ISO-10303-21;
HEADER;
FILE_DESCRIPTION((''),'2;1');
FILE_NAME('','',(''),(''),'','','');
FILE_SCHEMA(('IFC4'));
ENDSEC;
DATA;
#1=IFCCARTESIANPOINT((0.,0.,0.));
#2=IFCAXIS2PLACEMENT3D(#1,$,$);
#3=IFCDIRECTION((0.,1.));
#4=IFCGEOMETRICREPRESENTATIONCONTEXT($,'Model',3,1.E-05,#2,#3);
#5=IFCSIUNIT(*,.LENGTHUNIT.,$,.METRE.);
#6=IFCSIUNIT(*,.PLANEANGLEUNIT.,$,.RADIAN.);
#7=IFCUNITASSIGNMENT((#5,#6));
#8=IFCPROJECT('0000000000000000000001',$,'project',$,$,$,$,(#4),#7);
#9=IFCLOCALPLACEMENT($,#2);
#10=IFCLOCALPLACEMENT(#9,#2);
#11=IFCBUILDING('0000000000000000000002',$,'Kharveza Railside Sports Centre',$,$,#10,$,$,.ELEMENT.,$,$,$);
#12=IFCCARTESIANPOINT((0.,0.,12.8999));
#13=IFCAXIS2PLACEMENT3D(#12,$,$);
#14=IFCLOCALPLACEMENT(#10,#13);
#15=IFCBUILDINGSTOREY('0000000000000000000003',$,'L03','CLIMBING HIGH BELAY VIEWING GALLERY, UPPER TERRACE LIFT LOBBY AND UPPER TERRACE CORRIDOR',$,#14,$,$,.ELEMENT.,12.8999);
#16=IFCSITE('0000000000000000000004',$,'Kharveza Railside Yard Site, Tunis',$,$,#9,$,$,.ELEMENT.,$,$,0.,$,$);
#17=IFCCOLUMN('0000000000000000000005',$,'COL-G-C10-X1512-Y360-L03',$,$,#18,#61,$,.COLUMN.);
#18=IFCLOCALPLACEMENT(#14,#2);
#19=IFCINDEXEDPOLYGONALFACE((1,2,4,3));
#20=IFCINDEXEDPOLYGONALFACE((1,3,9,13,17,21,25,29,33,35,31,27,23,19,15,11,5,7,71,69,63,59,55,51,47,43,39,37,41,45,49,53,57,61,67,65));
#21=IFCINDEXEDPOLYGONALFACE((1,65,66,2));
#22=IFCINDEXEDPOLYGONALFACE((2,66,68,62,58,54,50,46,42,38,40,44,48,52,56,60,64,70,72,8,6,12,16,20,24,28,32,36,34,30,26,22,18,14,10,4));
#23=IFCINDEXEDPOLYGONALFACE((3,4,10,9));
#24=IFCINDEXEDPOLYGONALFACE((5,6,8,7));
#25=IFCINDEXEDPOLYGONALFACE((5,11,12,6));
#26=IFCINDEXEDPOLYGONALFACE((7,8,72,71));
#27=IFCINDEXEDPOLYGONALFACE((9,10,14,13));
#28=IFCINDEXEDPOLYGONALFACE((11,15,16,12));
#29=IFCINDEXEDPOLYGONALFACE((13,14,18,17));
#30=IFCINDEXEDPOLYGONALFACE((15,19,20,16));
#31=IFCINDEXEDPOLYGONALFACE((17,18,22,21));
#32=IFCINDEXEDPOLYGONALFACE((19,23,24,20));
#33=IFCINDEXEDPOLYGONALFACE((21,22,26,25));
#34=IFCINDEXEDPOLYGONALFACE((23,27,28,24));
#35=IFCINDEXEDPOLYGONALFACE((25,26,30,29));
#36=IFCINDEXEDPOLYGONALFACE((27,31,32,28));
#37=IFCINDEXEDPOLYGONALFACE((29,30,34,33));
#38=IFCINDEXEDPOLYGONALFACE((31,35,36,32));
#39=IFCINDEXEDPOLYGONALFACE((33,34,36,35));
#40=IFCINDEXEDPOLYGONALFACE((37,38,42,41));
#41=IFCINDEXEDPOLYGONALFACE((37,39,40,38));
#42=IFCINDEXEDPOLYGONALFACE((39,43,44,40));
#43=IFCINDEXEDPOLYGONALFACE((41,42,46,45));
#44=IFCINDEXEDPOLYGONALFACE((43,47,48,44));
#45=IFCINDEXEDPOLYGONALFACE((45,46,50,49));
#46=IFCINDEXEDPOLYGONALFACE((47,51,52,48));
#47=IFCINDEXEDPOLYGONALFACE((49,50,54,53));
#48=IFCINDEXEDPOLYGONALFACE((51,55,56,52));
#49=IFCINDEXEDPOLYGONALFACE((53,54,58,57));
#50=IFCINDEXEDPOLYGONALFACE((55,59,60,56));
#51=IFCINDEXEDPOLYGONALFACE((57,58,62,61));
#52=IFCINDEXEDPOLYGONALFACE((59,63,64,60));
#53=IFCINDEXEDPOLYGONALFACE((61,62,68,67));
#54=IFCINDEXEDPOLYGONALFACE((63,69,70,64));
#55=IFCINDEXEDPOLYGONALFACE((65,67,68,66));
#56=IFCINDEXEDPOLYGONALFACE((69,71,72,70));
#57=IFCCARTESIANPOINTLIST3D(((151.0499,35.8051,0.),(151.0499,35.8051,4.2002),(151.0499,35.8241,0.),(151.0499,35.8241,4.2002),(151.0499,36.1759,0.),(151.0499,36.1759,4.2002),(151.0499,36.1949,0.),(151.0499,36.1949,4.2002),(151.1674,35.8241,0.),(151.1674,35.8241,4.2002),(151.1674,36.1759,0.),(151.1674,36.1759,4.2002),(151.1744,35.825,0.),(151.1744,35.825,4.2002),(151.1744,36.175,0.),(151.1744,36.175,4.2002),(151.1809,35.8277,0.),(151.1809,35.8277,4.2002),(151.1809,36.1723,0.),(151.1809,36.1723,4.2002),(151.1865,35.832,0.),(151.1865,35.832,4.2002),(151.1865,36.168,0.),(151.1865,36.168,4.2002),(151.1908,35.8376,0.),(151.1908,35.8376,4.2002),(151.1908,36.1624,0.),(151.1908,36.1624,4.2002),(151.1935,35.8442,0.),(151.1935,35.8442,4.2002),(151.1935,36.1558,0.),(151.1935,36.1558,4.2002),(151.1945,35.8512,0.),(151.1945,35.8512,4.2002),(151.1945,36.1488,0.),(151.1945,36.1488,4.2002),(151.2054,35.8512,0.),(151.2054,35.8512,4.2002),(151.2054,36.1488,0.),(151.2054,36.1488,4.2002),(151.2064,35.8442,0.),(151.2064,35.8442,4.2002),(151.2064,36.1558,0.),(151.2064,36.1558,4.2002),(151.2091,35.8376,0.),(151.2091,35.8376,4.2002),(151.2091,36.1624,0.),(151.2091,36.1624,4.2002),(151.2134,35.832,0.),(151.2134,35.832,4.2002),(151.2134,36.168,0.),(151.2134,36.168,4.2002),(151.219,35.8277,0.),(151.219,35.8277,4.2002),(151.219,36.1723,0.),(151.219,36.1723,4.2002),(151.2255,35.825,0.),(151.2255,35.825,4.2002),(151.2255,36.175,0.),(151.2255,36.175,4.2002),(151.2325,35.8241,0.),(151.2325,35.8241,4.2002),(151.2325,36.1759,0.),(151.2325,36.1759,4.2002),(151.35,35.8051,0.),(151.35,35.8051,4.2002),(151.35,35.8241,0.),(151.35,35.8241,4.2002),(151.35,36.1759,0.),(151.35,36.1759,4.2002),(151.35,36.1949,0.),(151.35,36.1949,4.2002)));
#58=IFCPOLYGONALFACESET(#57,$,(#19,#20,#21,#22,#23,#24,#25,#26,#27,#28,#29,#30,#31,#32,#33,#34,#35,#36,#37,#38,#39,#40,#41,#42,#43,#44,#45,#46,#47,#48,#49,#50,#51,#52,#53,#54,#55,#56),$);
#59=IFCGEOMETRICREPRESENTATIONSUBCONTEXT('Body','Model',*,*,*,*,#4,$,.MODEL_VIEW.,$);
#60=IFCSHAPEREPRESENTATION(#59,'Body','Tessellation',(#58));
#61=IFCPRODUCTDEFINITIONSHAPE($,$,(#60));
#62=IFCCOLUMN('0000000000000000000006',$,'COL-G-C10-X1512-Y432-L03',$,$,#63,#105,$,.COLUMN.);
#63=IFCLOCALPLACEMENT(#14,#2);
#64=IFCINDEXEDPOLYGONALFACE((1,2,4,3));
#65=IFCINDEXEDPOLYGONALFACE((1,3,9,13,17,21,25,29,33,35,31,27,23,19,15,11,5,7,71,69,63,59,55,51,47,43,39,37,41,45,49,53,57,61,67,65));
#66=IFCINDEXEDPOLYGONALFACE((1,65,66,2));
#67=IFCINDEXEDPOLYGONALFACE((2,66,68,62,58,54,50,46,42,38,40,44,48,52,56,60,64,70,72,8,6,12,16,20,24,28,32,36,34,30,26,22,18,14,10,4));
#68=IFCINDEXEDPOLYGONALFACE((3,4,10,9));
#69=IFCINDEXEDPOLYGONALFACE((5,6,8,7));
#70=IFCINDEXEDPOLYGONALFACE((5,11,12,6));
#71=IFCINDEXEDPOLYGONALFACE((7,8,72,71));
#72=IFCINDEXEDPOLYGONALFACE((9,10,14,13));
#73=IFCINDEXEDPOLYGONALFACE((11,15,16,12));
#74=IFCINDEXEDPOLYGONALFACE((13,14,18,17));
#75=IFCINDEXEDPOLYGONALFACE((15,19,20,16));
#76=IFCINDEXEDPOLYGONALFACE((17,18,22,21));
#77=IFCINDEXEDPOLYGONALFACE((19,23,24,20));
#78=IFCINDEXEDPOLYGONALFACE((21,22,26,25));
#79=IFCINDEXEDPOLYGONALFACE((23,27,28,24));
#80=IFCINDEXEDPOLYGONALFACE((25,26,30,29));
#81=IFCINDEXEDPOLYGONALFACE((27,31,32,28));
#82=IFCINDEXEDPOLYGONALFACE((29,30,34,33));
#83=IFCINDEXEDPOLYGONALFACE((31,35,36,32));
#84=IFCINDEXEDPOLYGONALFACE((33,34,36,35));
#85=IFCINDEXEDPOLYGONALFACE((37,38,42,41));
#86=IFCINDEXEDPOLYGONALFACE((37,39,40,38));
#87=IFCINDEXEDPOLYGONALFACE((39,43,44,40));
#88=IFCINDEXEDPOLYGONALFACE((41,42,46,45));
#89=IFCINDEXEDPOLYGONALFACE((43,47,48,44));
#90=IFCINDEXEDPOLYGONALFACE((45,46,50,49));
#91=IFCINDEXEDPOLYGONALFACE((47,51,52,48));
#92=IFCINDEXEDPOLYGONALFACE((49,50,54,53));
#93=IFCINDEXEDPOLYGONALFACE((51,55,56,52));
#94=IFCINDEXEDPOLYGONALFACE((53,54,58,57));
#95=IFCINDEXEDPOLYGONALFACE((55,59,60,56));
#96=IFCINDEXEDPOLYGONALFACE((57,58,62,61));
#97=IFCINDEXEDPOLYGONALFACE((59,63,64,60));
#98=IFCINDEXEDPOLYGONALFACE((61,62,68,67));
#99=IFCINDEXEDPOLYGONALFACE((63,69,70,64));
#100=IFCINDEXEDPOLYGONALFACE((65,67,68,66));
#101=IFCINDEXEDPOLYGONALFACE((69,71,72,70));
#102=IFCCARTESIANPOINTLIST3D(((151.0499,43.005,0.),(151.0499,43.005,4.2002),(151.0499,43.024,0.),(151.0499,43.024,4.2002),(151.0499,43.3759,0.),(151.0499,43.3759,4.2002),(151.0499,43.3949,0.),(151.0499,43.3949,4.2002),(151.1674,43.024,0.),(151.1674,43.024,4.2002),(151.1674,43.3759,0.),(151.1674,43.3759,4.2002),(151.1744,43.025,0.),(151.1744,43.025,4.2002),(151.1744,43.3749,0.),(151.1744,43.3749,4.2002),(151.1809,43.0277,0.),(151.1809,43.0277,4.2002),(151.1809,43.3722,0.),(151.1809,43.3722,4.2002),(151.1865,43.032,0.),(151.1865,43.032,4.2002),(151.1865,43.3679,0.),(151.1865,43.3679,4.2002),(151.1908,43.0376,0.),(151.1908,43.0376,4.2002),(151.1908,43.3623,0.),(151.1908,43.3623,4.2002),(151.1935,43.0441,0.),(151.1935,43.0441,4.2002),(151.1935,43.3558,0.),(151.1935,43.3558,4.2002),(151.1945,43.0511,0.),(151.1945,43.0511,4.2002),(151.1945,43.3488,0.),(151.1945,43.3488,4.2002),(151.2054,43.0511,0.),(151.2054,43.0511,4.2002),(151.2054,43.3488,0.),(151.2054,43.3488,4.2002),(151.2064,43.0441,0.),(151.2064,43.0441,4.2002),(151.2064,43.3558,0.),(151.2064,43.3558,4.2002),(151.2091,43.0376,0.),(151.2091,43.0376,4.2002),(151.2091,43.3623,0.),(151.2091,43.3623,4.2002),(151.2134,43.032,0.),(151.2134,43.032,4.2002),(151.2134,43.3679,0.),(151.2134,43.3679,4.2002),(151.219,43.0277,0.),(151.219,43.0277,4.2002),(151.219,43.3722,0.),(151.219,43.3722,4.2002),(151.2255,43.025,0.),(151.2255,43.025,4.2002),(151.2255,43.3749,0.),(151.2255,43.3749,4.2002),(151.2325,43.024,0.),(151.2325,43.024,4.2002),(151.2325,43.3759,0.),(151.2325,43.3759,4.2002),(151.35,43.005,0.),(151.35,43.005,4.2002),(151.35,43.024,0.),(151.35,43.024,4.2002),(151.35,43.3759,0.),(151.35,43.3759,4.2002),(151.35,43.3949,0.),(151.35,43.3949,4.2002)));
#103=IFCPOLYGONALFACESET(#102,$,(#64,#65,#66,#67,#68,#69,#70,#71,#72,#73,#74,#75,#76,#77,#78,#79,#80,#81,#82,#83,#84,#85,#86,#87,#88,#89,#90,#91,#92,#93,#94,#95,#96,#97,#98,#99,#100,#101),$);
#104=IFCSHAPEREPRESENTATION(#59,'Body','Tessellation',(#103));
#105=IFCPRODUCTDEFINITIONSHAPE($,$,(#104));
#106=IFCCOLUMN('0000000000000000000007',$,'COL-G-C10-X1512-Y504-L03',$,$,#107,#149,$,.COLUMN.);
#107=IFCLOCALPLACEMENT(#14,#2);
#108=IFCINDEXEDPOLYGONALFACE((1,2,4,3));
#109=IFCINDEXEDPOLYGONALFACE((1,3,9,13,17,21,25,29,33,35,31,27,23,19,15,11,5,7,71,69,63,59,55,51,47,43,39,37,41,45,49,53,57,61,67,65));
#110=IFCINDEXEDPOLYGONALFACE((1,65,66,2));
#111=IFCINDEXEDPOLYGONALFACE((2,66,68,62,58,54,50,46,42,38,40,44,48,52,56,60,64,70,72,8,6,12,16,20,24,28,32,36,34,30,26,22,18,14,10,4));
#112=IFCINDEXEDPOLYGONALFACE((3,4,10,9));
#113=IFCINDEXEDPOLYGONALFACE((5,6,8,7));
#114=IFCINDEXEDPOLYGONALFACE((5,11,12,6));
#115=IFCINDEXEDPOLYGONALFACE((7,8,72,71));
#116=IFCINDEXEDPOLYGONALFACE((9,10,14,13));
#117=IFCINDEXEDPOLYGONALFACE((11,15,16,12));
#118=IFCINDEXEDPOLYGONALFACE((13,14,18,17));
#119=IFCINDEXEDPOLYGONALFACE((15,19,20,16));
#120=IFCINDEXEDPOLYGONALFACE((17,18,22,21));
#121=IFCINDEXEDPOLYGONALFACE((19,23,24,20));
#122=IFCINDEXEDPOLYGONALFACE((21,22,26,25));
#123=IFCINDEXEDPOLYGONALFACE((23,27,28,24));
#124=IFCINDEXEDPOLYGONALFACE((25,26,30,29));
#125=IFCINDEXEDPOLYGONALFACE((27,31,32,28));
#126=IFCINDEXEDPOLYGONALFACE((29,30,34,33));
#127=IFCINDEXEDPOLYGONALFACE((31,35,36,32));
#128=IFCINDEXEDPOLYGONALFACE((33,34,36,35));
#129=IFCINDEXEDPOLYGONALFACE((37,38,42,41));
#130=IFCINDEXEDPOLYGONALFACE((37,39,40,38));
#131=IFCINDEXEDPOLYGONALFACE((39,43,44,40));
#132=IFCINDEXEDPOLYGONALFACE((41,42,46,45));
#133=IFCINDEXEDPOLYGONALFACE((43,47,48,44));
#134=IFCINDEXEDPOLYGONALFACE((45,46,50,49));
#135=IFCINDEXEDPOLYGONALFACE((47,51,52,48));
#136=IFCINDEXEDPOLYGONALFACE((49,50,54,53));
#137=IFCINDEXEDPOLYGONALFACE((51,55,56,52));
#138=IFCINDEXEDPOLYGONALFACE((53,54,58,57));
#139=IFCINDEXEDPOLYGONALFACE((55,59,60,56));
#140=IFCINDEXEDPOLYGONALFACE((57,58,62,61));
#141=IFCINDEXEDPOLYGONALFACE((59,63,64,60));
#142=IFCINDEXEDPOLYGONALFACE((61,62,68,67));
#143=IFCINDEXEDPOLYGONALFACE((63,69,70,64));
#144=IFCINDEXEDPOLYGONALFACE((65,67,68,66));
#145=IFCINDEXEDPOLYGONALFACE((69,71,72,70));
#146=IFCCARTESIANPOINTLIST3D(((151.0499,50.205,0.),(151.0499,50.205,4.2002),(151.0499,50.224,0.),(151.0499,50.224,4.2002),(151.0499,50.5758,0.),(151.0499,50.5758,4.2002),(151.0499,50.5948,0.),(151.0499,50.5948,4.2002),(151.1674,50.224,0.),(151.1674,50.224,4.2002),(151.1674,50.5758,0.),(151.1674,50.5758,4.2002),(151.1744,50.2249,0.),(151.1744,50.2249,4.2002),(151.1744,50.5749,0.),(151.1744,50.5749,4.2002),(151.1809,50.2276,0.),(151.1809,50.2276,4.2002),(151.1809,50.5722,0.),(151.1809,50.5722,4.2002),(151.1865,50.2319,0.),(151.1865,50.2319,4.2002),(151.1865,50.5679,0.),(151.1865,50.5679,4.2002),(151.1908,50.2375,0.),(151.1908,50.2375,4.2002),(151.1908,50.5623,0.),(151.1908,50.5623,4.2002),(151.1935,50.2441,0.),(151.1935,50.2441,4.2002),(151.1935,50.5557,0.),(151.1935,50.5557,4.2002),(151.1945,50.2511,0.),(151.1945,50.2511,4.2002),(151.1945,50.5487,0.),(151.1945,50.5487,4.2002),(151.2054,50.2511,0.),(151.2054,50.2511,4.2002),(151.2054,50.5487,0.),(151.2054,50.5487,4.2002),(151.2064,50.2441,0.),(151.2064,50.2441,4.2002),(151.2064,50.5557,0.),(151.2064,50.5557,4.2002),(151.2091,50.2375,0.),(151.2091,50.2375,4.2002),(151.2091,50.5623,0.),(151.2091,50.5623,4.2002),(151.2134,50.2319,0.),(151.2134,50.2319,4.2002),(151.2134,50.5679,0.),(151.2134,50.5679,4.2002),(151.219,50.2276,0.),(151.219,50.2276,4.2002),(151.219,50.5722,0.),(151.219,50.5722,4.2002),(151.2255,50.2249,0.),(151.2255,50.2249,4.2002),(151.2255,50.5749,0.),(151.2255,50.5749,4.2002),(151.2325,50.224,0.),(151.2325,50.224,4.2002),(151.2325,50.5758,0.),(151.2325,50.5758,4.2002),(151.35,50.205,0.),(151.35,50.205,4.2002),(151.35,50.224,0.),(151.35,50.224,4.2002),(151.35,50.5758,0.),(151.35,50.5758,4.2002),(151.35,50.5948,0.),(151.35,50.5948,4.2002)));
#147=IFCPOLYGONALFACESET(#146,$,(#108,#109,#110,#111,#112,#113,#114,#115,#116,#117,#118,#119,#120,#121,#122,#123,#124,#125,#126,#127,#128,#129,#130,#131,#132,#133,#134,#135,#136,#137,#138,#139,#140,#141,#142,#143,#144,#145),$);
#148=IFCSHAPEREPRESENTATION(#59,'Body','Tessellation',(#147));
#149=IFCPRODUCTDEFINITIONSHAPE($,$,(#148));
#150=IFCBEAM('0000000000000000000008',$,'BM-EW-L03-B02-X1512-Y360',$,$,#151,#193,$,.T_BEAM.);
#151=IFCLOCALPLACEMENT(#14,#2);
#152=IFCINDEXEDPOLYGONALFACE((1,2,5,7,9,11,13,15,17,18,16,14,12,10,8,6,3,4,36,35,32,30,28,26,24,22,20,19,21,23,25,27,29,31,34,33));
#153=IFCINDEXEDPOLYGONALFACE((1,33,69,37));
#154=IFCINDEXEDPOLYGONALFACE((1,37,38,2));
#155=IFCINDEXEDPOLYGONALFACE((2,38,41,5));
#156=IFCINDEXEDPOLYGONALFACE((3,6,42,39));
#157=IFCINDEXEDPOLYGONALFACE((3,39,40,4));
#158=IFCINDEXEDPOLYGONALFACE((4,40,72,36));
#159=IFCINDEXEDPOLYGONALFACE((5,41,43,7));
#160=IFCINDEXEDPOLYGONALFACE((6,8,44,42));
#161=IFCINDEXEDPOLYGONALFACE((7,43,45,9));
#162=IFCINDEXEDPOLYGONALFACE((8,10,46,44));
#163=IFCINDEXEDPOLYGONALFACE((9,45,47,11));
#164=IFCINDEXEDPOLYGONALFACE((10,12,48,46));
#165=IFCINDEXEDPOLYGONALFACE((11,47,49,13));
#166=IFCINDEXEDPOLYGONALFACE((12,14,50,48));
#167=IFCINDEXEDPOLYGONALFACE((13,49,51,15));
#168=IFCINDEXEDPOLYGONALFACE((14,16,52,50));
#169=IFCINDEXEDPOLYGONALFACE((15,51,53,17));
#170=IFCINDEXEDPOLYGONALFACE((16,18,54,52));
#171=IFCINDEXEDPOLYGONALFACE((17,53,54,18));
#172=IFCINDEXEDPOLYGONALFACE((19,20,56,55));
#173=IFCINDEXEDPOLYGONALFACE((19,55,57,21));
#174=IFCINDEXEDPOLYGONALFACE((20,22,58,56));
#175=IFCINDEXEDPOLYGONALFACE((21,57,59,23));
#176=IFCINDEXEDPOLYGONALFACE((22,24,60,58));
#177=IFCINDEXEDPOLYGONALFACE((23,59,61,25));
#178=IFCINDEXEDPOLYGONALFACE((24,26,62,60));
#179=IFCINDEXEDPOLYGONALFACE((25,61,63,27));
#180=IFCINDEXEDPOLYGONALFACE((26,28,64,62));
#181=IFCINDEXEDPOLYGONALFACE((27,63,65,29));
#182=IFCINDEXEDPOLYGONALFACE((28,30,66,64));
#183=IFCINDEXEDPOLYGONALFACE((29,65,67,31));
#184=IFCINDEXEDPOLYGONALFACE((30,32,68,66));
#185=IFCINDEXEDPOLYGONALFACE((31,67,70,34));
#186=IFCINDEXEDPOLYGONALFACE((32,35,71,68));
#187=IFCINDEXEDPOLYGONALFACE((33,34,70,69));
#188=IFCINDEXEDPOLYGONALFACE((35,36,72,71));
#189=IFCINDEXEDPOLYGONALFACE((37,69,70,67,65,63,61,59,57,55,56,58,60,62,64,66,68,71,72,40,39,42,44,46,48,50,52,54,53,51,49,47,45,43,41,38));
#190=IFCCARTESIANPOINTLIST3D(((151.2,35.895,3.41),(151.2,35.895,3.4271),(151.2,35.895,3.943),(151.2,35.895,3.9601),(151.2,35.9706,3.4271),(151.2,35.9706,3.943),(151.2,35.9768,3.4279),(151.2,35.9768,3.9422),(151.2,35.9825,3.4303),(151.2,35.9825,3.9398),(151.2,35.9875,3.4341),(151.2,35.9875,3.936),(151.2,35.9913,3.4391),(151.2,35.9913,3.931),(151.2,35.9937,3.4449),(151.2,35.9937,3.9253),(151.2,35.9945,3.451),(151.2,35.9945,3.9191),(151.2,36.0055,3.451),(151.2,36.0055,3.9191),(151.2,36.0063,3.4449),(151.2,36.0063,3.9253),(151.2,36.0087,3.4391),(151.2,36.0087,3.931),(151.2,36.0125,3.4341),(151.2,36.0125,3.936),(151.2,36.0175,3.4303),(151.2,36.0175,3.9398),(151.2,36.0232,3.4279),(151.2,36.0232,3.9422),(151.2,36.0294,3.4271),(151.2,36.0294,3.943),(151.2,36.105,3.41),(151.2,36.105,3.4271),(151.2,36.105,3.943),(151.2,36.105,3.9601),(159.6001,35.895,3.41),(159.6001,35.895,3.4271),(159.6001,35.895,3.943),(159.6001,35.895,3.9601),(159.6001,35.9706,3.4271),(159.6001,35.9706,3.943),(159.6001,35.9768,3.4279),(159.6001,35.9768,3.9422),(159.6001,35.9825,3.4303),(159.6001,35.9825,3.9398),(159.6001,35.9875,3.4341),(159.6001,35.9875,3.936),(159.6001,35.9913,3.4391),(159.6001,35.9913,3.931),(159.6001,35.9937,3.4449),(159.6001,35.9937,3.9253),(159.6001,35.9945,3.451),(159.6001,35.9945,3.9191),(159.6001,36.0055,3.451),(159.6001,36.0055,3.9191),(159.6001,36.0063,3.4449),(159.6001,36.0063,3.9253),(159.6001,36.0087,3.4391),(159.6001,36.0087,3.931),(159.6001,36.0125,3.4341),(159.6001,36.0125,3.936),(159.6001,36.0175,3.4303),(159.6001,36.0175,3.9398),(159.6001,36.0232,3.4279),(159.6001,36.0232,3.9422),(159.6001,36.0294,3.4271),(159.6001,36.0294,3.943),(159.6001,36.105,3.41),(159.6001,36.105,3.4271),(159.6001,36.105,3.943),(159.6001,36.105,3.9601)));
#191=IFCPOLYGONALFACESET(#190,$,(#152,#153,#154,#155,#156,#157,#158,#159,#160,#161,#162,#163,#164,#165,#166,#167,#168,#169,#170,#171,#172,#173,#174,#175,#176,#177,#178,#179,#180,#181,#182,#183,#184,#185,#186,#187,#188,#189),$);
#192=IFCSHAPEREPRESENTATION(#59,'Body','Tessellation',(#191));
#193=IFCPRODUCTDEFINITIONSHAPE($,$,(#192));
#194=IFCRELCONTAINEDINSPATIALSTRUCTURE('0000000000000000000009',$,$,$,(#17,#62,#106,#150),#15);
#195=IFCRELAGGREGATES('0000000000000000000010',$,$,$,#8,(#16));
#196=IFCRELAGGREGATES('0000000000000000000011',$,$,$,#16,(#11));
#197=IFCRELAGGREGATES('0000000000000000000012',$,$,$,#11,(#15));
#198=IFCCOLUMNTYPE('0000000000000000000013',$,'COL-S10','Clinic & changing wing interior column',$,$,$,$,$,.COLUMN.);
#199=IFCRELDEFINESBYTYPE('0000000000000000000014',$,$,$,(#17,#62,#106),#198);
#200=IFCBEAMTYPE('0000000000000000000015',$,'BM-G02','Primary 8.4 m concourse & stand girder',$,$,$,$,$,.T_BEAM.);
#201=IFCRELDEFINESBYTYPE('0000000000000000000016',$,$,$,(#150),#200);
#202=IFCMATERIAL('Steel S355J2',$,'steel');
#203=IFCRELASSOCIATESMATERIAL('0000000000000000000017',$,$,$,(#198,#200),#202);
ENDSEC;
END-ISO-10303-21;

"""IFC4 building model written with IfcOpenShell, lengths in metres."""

from ifc_helpers import new_model, si_unit, direction, frame, origin, origin_2d, place, context, subcontext, project, spatial, i_section, extrude, material, material_profile, profile_set, type_object, element, save


model = new_model("IFC4")

# Units and contexts
model_context = context("Model", 3, precision=1e-05, world=origin(), true_north=direction((0.0, 1.0)))
body_context = subcontext(model_context, "Body", "Model", "MODEL_VIEW")
ifc_project = project(units=[si_unit("LENGTHUNIT", "METRE"), si_unit("PLANEANGLEUNIT", "RADIAN")], contexts=[model_context])

# Site, building, storey
site_placement = place(None, origin())
site = spatial("IfcSite", under=ifc_project, at=site_placement, Name="Kharveza Railside Yard Site, Tunis", CompositionType="ELEMENT", RefElevation=0.0)
building_placement = place(site_placement, origin())
building = spatial("IfcBuilding", under=site, at=building_placement, Name="Kharveza Railside Sports Centre", CompositionType="ELEMENT")
storey_placement = place(building_placement, frame((0.0, 0.0, 12.8999)))
storey = spatial("IfcBuildingStorey", under=building, at=storey_placement, Name="L03", Description="CLIMBING HIGH BELAY VIEWING GALLERY, UPPER TERRACE LIFT LOBBY AND UPPER TERRACE CORRIDOR", CompositionType="ELEMENT", Elevation=12.8999)

# Columns
ifc_material_1 = material(Name="Steel S355J2", Category="steel")
ifc_material_profile_1 = material_profile(ifc_material_1, i_section(OverallWidth=0.3, OverallDepth=0.3899, WebThickness=0.011, FlangeThickness=0.019, FilletRadius=0.0271, at=origin_2d()), Name="HEA 400")
ifc_profile_set_1 = profile_set([ifc_material_profile_1], Name="Steel S355J2")
column_type = type_object("IfcColumnType", Name="COL-S10", Description="Clinic & changing wing interior column", PredefinedType="COLUMN", material=ifc_profile_set_1)
for number, where, z_axis, x_axis, name in (
    (1, (151.2, 36.0, 0.0), (0.0, 0.0, 1.0), (1.0, 0.0, 0.0), "COL-G-C10-X1512-Y360-L03"),
    (2, (151.2, 43.2, 0.0), (0.0, 0.0, 1.0), (1.0, 0.0, 0.0), "COL-G-C10-X1512-Y432-L03"),
    (3, (151.2, 50.3999, 0.0), (0.0, 0.0, 1.0), (1.0, 0.0, 0.0), "COL-G-C10-X1512-Y504-L03"),
):
    element("IfcColumn", number, at=place(storey_placement, frame(where, z_axis=z_axis, x_axis=x_axis)), inside=storey, type_object=column_type, Name=name, PredefinedType="COLUMN", context=body_context, shape_type="SweptSolid", body=[
        extrude(i_section(OverallWidth=0.3, OverallDepth=0.3899, WebThickness=0.011, FlangeThickness=0.019, FilletRadius=0.0271, at=origin_2d()), origin(), (0.0, 0.0, 1.0), 4.2002),
    ])

# Beam
ifc_material_profile_2 = material_profile(ifc_material_1, i_section(OverallWidth=0.21, OverallDepth=0.55, WebThickness=0.011, FlangeThickness=0.0171, FilletRadius=0.0239, at=origin_2d()), Name="IPE 550")
ifc_profile_set_2 = profile_set([ifc_material_profile_2], Name="Steel S355J2")
beam_type_1 = type_object("IfcBeamType", Name="BM-G02", Description="Primary 8.4 m concourse & stand girder", PredefinedType="T_BEAM", material=ifc_profile_set_2)
beam_1_placement = place(storey_placement, frame((151.2, 36.0, 3.6851), z_axis=(1.0, 0.0, 0.0), x_axis=(0.0, 1.0, 0.0)))
element("IfcBeam", 4, at=beam_1_placement, inside=storey, type_object=beam_type_1, Name="BM-EW-L03-B02-X1512-Y360", PredefinedType="T_BEAM", context=body_context, shape_type="SweptSolid", body=[
    extrude(i_section(OverallWidth=0.21, OverallDepth=0.55, WebThickness=0.011, FlangeThickness=0.0171, FilletRadius=0.0239, at=origin_2d()), origin(), (0.0, 0.0, 1.0), 8.4001),
])

save(model, "model.ifc")
